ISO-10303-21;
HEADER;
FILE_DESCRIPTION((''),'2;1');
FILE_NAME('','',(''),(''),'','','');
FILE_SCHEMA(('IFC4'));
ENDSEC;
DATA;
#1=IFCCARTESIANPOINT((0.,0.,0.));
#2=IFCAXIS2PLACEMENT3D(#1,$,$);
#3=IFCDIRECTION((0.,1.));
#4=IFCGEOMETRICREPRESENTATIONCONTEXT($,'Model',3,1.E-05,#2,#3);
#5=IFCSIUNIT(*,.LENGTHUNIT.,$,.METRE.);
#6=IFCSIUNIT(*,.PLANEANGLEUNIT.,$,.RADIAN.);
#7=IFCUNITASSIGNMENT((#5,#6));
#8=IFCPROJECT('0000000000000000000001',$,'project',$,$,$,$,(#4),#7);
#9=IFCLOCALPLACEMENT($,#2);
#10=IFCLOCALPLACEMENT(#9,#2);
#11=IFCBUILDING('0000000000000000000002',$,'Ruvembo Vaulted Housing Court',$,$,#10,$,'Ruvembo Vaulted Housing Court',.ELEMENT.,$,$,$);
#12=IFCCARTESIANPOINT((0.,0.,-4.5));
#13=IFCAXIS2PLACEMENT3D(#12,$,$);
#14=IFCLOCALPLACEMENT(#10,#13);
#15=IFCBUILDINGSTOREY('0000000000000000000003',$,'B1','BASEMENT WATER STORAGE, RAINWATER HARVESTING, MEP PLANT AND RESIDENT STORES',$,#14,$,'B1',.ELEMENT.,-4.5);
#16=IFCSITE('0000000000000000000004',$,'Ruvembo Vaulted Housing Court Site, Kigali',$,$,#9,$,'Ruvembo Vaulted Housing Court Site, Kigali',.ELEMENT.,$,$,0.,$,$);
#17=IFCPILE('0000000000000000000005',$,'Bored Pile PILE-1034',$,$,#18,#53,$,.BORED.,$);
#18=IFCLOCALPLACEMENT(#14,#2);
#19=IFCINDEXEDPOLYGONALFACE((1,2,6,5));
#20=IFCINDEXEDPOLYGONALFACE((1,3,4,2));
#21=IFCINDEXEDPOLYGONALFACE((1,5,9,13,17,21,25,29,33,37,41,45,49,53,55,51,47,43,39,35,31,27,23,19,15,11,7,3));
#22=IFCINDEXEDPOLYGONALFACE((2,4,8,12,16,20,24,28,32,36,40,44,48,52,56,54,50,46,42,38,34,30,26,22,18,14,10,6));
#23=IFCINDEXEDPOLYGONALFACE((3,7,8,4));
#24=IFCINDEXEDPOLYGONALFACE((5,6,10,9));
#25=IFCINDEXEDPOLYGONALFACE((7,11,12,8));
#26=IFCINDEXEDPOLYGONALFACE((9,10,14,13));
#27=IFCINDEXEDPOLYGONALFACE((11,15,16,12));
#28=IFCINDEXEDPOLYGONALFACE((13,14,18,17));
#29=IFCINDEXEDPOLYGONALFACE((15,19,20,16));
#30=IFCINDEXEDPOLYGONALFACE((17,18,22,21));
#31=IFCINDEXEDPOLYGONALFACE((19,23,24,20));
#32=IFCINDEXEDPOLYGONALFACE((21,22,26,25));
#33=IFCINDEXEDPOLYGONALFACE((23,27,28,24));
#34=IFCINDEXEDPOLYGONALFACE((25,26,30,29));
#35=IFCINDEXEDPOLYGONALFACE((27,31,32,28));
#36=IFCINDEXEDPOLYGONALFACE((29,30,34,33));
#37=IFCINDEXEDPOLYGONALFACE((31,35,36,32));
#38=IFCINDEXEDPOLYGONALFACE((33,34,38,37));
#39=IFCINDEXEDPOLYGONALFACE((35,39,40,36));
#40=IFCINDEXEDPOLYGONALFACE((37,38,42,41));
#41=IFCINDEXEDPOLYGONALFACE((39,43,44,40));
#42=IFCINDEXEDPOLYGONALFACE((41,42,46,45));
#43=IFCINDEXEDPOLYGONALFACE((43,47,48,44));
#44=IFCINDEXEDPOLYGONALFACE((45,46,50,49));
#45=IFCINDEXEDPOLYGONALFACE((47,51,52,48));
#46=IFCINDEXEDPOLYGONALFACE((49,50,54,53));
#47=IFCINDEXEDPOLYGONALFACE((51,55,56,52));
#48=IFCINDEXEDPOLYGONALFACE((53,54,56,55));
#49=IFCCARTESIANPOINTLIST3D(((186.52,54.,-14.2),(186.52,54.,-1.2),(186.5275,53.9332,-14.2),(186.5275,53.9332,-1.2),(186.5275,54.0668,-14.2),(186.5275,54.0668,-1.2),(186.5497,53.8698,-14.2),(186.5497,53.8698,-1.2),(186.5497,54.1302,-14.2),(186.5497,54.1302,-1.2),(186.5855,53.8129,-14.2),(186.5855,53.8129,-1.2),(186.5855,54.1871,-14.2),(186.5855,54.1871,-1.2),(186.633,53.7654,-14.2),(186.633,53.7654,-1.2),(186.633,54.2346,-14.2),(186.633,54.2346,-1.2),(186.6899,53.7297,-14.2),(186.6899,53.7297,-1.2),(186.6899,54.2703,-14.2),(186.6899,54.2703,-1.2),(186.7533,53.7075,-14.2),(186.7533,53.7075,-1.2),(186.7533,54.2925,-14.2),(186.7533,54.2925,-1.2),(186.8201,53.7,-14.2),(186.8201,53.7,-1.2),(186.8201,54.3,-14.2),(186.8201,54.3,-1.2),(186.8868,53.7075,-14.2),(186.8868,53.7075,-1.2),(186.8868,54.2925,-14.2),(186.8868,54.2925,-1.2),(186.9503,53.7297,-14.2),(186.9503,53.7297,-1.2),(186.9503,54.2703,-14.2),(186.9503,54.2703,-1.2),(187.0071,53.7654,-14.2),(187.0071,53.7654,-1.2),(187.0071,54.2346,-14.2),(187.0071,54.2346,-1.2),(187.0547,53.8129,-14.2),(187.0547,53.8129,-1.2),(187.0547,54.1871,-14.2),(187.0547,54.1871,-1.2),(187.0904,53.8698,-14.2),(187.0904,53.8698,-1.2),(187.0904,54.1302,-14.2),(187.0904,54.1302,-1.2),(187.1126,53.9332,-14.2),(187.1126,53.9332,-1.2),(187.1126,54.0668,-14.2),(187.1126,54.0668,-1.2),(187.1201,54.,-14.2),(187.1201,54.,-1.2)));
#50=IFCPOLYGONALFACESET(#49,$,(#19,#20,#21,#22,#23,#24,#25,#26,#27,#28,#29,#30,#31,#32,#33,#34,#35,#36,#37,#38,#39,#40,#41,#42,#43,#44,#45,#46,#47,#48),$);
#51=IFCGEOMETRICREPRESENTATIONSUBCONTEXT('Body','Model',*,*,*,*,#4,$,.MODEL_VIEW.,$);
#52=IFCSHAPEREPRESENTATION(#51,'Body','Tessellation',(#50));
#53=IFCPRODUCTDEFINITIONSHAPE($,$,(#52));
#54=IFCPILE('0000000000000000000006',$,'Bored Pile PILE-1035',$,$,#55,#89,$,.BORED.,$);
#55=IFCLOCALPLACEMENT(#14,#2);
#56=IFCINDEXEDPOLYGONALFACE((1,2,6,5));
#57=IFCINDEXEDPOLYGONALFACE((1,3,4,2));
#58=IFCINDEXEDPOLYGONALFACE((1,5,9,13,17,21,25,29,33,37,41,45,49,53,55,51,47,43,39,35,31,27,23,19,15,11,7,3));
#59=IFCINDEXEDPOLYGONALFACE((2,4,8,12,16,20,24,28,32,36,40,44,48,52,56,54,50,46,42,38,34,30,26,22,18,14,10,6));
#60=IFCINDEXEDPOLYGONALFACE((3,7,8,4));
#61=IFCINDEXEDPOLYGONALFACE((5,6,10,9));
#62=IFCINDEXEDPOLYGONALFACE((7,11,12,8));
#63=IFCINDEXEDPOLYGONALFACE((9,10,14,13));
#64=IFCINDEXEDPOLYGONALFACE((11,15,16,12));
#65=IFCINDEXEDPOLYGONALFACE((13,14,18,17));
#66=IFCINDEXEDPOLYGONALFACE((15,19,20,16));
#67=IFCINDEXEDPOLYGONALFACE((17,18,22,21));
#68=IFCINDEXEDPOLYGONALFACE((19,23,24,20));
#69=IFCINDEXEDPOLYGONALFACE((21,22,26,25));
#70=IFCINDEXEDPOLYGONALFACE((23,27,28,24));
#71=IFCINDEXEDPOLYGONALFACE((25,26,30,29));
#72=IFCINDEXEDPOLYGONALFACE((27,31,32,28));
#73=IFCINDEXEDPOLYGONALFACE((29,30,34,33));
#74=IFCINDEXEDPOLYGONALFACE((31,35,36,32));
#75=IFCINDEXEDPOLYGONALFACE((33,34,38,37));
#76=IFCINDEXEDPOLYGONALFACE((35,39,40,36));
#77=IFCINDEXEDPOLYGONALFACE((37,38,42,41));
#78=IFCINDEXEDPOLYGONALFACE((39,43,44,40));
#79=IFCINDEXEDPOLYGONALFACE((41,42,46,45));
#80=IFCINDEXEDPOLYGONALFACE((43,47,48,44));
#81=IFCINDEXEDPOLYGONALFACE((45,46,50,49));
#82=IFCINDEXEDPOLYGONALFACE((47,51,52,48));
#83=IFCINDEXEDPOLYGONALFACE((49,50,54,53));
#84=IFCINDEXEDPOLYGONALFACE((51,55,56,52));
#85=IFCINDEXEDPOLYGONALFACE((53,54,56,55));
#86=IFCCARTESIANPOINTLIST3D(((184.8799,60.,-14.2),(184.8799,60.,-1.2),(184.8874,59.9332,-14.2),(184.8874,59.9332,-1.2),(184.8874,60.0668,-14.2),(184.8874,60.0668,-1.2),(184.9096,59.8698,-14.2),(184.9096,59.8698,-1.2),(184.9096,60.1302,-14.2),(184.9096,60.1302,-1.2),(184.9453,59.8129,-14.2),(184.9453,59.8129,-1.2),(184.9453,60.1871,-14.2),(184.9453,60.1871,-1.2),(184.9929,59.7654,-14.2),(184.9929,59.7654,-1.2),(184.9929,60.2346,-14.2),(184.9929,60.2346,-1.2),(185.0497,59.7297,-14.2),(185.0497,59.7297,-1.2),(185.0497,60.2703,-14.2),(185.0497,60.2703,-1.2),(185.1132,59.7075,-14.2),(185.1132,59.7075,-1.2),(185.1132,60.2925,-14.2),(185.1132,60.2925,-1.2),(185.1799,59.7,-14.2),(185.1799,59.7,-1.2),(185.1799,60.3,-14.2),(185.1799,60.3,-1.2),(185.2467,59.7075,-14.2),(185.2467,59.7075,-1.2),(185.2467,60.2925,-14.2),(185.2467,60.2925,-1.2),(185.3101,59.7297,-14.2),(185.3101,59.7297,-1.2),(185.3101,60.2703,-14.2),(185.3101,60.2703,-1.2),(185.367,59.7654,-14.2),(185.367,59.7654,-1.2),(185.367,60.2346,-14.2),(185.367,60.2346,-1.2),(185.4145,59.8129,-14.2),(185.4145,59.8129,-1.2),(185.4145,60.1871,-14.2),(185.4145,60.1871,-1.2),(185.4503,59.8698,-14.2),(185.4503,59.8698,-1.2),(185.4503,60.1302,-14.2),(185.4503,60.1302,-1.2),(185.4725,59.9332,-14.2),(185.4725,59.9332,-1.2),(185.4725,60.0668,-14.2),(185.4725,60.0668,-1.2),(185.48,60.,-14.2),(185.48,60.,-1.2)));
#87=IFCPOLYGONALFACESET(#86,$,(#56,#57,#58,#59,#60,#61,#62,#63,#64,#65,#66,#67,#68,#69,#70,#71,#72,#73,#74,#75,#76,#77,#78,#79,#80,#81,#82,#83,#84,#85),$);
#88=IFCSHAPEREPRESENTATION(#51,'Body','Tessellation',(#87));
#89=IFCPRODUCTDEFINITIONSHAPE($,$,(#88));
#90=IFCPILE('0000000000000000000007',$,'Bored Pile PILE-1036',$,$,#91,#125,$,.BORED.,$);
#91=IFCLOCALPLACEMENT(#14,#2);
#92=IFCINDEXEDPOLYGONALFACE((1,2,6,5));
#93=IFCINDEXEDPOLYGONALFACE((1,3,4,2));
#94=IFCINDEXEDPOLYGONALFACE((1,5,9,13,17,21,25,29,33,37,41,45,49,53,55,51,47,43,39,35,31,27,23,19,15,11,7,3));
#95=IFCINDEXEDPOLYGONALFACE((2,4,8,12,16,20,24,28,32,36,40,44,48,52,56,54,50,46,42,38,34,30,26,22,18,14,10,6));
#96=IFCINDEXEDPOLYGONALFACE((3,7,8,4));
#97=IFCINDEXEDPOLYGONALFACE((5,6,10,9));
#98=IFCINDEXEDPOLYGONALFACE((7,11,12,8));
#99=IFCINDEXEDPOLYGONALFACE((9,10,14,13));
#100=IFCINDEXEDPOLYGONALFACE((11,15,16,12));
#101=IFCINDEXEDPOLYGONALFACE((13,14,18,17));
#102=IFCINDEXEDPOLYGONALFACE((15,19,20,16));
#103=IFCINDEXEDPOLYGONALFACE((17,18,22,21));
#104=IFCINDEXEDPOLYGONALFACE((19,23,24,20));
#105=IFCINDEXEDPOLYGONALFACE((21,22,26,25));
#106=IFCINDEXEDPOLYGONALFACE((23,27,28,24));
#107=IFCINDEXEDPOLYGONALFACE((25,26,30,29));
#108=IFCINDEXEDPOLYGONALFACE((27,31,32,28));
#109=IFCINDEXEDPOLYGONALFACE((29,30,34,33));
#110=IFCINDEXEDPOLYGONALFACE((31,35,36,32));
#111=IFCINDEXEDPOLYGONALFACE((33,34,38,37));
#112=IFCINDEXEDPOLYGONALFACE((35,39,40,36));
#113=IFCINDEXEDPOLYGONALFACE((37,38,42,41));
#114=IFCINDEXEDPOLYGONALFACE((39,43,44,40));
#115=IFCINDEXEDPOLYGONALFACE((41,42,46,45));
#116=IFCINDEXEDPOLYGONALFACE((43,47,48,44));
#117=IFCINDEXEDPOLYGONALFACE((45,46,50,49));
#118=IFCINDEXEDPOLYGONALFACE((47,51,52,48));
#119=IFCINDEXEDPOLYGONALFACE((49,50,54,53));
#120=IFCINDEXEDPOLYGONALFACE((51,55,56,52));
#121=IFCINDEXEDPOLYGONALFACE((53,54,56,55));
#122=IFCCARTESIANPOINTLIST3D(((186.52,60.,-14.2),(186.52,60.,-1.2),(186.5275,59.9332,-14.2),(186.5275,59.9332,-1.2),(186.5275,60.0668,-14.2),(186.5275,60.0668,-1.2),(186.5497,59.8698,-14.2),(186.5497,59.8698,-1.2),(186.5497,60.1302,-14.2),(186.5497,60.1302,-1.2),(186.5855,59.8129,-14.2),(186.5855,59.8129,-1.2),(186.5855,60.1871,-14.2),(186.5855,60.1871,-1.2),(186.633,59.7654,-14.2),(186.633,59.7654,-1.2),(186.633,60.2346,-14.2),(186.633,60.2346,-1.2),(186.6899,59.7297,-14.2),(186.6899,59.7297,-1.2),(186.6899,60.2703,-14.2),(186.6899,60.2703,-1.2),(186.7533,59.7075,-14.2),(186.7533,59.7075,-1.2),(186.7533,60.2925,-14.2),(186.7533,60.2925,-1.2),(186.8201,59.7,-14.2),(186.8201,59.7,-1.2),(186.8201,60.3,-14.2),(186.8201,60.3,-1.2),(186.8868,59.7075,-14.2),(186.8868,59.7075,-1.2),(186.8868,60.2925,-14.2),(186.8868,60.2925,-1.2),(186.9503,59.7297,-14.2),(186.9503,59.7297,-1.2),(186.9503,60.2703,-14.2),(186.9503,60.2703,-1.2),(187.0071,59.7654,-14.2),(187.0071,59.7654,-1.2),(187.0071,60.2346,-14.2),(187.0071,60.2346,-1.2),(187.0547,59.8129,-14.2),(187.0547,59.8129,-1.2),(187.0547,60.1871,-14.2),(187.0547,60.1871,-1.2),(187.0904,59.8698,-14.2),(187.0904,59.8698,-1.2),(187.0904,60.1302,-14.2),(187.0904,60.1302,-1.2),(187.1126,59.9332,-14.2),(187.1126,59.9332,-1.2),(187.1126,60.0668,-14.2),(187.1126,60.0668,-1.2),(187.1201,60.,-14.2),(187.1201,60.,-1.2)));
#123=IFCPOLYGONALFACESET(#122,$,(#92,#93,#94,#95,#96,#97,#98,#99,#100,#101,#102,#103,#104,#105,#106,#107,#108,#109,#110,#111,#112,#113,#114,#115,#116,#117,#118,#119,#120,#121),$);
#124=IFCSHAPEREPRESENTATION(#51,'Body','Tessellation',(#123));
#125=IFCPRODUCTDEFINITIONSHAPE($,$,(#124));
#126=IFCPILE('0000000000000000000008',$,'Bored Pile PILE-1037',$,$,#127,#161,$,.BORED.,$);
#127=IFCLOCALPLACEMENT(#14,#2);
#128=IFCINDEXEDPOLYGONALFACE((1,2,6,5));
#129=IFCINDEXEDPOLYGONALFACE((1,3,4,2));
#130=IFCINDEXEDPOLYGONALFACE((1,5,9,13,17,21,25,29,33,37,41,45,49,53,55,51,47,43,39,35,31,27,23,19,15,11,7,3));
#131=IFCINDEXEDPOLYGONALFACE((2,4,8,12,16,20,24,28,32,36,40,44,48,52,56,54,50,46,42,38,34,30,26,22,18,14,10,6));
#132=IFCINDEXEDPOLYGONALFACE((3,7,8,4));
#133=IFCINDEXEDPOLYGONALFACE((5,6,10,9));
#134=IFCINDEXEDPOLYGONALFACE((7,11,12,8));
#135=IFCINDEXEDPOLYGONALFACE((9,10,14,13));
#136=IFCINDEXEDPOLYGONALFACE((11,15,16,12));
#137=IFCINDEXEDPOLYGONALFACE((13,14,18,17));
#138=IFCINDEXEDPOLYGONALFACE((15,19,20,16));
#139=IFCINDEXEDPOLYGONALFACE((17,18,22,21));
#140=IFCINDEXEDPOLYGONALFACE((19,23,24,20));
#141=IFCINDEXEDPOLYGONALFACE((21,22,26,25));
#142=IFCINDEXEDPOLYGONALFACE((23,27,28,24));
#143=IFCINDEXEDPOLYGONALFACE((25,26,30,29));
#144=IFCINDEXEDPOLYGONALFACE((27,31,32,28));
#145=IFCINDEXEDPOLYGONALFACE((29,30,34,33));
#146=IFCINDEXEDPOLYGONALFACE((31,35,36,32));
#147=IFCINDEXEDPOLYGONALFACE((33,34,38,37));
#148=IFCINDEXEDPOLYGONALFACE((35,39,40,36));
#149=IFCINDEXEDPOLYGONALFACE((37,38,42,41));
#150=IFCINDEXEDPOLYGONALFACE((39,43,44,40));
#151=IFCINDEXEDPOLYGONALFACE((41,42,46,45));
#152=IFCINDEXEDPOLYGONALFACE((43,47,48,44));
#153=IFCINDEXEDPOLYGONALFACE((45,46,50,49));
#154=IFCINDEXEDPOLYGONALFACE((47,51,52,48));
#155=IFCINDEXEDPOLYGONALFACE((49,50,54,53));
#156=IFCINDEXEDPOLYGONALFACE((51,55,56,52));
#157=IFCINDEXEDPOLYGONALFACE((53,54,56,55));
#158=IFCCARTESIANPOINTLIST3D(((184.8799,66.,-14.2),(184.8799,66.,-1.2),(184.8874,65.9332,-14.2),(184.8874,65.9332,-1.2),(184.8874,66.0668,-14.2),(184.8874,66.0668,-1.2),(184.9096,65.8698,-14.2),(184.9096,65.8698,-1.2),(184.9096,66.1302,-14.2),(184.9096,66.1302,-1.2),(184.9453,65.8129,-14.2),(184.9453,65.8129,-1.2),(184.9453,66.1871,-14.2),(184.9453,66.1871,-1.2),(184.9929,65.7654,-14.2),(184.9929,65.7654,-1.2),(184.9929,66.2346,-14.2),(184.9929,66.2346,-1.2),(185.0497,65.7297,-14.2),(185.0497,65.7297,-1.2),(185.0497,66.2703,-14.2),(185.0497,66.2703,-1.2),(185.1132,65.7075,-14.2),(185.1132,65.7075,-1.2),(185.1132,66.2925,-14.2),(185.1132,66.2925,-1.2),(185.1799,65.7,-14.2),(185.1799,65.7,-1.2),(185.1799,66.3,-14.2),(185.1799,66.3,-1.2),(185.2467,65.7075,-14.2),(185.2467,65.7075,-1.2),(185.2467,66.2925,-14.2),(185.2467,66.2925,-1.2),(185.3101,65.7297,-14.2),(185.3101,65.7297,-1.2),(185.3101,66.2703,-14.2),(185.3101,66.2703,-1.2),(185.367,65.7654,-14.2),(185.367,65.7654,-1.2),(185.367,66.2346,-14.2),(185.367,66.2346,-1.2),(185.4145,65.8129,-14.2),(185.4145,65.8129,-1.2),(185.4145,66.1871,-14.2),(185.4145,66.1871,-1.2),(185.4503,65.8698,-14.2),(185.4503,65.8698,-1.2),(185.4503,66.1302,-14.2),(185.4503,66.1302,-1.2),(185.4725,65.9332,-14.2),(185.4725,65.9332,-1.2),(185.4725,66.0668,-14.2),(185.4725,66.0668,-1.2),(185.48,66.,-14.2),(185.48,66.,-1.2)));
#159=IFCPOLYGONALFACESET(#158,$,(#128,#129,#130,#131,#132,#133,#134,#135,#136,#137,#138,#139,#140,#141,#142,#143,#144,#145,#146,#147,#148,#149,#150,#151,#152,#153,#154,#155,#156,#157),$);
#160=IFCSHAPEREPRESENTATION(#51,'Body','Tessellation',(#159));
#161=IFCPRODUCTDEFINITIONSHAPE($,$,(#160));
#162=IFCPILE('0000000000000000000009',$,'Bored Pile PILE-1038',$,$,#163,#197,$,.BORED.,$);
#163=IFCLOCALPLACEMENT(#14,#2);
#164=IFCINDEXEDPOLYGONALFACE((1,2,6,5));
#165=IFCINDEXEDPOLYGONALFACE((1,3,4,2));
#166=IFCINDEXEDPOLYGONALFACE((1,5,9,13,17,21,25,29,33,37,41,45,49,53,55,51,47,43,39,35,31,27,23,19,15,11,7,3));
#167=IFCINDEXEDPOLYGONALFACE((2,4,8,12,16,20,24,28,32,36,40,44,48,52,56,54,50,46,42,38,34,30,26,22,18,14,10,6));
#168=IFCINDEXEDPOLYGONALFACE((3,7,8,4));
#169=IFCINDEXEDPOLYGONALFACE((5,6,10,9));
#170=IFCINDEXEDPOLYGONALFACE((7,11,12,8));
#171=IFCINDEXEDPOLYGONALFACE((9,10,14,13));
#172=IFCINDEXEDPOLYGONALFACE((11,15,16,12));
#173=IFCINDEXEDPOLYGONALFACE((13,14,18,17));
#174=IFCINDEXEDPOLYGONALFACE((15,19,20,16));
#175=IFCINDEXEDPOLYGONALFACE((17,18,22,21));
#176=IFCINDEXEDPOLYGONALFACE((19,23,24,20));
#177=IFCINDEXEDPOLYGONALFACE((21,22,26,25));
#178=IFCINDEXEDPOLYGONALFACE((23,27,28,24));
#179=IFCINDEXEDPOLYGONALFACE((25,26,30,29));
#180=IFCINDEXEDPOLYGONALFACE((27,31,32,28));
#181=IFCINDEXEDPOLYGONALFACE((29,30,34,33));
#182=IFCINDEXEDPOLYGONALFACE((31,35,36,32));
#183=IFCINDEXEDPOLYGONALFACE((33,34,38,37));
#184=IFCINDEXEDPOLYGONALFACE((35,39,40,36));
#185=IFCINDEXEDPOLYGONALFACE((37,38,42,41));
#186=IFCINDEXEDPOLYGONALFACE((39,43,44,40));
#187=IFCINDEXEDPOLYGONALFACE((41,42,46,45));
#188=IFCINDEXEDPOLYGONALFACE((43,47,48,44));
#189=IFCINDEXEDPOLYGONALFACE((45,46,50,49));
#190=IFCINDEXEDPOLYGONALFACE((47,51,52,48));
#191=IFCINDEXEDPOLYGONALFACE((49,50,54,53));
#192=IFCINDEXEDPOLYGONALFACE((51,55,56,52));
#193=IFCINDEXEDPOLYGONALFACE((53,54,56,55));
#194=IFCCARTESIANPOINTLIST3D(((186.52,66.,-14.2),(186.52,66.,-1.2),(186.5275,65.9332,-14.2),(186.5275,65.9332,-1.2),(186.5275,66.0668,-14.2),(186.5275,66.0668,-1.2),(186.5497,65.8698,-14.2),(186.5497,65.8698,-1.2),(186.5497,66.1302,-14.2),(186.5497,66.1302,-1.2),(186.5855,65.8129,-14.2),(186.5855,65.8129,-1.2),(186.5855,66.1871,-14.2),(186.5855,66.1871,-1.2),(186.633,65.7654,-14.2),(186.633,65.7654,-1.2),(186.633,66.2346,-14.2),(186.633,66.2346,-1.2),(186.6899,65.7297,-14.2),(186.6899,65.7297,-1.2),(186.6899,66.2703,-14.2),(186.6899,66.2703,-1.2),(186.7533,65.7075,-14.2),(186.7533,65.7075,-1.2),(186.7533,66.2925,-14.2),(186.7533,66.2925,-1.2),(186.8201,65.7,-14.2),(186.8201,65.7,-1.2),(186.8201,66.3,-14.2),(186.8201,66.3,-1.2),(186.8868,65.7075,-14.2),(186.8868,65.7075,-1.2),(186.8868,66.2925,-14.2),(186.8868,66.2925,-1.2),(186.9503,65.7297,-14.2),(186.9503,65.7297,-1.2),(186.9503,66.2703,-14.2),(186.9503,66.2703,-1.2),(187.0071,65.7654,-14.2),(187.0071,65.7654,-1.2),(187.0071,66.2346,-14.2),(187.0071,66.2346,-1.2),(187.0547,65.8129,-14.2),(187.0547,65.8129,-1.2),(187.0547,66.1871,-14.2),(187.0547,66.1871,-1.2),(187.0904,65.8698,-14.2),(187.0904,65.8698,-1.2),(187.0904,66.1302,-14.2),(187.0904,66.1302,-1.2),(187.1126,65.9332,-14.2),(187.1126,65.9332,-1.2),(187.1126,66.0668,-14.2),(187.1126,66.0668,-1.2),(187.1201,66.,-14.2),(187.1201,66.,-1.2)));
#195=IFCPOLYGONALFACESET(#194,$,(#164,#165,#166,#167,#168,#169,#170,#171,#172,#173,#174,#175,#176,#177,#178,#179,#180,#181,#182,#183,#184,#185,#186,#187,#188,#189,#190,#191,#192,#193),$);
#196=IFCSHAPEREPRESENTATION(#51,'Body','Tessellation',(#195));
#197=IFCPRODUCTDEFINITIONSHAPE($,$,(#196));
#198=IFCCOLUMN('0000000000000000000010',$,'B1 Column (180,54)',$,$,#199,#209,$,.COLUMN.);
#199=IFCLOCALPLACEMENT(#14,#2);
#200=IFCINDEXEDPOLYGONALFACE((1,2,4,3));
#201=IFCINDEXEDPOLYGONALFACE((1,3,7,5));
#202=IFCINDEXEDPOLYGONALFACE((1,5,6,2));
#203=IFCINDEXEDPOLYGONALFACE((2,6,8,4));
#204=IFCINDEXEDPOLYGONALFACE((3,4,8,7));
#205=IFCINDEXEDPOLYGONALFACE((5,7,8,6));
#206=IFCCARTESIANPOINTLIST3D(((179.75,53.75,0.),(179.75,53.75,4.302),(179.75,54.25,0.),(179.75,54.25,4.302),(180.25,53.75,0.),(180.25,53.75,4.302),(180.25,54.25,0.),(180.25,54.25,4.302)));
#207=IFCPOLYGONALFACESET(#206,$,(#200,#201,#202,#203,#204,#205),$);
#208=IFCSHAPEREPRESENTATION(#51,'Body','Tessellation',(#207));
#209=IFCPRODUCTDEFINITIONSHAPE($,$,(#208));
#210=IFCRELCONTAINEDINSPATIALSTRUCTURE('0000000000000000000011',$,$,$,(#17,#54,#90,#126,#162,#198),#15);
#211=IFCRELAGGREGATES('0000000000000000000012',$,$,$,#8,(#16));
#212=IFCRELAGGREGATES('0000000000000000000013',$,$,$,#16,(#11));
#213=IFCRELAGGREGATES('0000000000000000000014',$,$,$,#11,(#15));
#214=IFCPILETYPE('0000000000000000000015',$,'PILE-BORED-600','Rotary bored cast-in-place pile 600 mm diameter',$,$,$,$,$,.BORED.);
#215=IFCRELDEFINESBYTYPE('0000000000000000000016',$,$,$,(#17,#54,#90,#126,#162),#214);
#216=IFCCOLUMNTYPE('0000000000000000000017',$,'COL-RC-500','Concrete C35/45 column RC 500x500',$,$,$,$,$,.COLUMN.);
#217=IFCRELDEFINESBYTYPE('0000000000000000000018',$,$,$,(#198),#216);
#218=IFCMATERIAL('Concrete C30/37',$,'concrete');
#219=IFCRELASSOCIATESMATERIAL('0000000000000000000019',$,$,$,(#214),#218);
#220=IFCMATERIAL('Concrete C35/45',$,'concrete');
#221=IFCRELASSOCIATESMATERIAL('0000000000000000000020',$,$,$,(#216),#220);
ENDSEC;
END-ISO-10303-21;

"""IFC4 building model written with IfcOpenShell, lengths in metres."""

from ifc_helpers import new_model, si_unit, direction, frame, origin, origin_2d, place, context, subcontext, project, spatial, rectangle, circle, extrude, material, material_profile, profile_set, type_object, element, save


model = new_model("IFC4")

# Units and contexts
model_context = context("Model", 3, precision=1e-05, world=origin(), true_north=direction((0.0, 1.0)))
body_context = subcontext(model_context, "Body", "Model", "MODEL_VIEW")
ifc_project = project(units=[si_unit("LENGTHUNIT", "METRE"), si_unit("PLANEANGLEUNIT", "RADIAN")], contexts=[model_context])

# Site, building, storey
site_placement = place(None, origin())
site = spatial("IfcSite", under=ifc_project, at=site_placement, Name="Ruvembo Vaulted Housing Court Site, Kigali", LongName="Ruvembo Vaulted Housing Court Site, Kigali", CompositionType="ELEMENT", RefElevation=0.0)
building_placement = place(site_placement, origin())
building = spatial("IfcBuilding", under=site, at=building_placement, Name="Ruvembo Vaulted Housing Court", LongName="Ruvembo Vaulted Housing Court", CompositionType="ELEMENT")
storey_placement = place(building_placement, frame((0.0, 0.0, -4.5)))
storey = spatial("IfcBuildingStorey", under=building, at=storey_placement, Name="B1", Description="BASEMENT WATER STORAGE, RAINWATER HARVESTING, MEP PLANT AND RESIDENT STORES", LongName="B1", CompositionType="ELEMENT", Elevation=-4.5)

# Shared definitions
ifc_material_1 = material(Name="Concrete C35/45", Category="concrete")

# Piles
ifc_material_2 = material(Name="Concrete C30/37", Category="concrete")
ifc_material_profile_1 = material_profile(ifc_material_2, circle(Radius=0.3, at=origin_2d()), Name="PILE D600")
ifc_profile_set_1 = profile_set([ifc_material_profile_1], Name="Concrete C30/37")
pile_type = type_object("IfcPileType", Name="PILE-BORED-600", Description="Rotary bored cast-in-place pile 600 mm diameter", PredefinedType="BORED", material=ifc_profile_set_1)
for number, where, z_axis, x_axis, name in (
    (1, (186.8201, 54.0, -1.2), (0.0, 0.0, -1.0), (1.0, 0.0, 0.0), "Bored Pile PILE-1034"),
    (2, (185.1799, 60.0, -1.2), (0.0, 0.0, -1.0), (1.0, 0.0, 0.0), "Bored Pile PILE-1035"),
    (3, (186.8201, 60.0, -1.2), (0.0, 0.0, -1.0), (1.0, 0.0, 0.0), "Bored Pile PILE-1036"),
    (4, (185.1799, 66.0, -1.2), (0.0, 0.0, -1.0), (1.0, 0.0, 0.0), "Bored Pile PILE-1037"),
    (5, (186.8201, 66.0, -1.2), (0.0, 0.0, -1.0), (1.0, 0.0, 0.0), "Bored Pile PILE-1038"),
):
    element("IfcPile", number, at=place(storey_placement, frame(where, z_axis=z_axis, x_axis=x_axis)), inside=storey, type_object=pile_type, Name=name, PredefinedType="BORED", context=body_context, shape_type="SweptSolid", body=[
        extrude(circle(Radius=0.3, at=origin_2d()), origin(), (0.0, 0.0, 1.0), 13.0),
    ])

# Column
ifc_material_profile_2 = material_profile(ifc_material_1, rectangle(XDim=0.5, YDim=0.5, at=origin_2d()), Name="RC 500x500")
ifc_profile_set_2 = profile_set([ifc_material_profile_2], Name="Concrete C35/45")
column_type_1 = type_object("IfcColumnType", Name="COL-RC-500", Description="Concrete C35/45 column RC 500x500", PredefinedType="COLUMN", material=ifc_profile_set_2)
for number, where, z_axis, x_axis, name in (
    (6, (180.0, 54.0, 0.0), (0.0, 0.0, 1.0), (1.0, 0.0, 0.0), "B1 Column (180,54)"),
):
    element("IfcColumn", number, at=place(storey_placement, frame(where, z_axis=z_axis, x_axis=x_axis)), inside=storey, type_object=column_type_1, Name=name, PredefinedType="COLUMN", context=body_context, shape_type="SweptSolid", body=[
        extrude(rectangle(XDim=0.5, YDim=0.5, at=origin_2d()), origin(), (0.0, 0.0, 1.0), 4.302),
    ])

save(model, "model.ifc")
